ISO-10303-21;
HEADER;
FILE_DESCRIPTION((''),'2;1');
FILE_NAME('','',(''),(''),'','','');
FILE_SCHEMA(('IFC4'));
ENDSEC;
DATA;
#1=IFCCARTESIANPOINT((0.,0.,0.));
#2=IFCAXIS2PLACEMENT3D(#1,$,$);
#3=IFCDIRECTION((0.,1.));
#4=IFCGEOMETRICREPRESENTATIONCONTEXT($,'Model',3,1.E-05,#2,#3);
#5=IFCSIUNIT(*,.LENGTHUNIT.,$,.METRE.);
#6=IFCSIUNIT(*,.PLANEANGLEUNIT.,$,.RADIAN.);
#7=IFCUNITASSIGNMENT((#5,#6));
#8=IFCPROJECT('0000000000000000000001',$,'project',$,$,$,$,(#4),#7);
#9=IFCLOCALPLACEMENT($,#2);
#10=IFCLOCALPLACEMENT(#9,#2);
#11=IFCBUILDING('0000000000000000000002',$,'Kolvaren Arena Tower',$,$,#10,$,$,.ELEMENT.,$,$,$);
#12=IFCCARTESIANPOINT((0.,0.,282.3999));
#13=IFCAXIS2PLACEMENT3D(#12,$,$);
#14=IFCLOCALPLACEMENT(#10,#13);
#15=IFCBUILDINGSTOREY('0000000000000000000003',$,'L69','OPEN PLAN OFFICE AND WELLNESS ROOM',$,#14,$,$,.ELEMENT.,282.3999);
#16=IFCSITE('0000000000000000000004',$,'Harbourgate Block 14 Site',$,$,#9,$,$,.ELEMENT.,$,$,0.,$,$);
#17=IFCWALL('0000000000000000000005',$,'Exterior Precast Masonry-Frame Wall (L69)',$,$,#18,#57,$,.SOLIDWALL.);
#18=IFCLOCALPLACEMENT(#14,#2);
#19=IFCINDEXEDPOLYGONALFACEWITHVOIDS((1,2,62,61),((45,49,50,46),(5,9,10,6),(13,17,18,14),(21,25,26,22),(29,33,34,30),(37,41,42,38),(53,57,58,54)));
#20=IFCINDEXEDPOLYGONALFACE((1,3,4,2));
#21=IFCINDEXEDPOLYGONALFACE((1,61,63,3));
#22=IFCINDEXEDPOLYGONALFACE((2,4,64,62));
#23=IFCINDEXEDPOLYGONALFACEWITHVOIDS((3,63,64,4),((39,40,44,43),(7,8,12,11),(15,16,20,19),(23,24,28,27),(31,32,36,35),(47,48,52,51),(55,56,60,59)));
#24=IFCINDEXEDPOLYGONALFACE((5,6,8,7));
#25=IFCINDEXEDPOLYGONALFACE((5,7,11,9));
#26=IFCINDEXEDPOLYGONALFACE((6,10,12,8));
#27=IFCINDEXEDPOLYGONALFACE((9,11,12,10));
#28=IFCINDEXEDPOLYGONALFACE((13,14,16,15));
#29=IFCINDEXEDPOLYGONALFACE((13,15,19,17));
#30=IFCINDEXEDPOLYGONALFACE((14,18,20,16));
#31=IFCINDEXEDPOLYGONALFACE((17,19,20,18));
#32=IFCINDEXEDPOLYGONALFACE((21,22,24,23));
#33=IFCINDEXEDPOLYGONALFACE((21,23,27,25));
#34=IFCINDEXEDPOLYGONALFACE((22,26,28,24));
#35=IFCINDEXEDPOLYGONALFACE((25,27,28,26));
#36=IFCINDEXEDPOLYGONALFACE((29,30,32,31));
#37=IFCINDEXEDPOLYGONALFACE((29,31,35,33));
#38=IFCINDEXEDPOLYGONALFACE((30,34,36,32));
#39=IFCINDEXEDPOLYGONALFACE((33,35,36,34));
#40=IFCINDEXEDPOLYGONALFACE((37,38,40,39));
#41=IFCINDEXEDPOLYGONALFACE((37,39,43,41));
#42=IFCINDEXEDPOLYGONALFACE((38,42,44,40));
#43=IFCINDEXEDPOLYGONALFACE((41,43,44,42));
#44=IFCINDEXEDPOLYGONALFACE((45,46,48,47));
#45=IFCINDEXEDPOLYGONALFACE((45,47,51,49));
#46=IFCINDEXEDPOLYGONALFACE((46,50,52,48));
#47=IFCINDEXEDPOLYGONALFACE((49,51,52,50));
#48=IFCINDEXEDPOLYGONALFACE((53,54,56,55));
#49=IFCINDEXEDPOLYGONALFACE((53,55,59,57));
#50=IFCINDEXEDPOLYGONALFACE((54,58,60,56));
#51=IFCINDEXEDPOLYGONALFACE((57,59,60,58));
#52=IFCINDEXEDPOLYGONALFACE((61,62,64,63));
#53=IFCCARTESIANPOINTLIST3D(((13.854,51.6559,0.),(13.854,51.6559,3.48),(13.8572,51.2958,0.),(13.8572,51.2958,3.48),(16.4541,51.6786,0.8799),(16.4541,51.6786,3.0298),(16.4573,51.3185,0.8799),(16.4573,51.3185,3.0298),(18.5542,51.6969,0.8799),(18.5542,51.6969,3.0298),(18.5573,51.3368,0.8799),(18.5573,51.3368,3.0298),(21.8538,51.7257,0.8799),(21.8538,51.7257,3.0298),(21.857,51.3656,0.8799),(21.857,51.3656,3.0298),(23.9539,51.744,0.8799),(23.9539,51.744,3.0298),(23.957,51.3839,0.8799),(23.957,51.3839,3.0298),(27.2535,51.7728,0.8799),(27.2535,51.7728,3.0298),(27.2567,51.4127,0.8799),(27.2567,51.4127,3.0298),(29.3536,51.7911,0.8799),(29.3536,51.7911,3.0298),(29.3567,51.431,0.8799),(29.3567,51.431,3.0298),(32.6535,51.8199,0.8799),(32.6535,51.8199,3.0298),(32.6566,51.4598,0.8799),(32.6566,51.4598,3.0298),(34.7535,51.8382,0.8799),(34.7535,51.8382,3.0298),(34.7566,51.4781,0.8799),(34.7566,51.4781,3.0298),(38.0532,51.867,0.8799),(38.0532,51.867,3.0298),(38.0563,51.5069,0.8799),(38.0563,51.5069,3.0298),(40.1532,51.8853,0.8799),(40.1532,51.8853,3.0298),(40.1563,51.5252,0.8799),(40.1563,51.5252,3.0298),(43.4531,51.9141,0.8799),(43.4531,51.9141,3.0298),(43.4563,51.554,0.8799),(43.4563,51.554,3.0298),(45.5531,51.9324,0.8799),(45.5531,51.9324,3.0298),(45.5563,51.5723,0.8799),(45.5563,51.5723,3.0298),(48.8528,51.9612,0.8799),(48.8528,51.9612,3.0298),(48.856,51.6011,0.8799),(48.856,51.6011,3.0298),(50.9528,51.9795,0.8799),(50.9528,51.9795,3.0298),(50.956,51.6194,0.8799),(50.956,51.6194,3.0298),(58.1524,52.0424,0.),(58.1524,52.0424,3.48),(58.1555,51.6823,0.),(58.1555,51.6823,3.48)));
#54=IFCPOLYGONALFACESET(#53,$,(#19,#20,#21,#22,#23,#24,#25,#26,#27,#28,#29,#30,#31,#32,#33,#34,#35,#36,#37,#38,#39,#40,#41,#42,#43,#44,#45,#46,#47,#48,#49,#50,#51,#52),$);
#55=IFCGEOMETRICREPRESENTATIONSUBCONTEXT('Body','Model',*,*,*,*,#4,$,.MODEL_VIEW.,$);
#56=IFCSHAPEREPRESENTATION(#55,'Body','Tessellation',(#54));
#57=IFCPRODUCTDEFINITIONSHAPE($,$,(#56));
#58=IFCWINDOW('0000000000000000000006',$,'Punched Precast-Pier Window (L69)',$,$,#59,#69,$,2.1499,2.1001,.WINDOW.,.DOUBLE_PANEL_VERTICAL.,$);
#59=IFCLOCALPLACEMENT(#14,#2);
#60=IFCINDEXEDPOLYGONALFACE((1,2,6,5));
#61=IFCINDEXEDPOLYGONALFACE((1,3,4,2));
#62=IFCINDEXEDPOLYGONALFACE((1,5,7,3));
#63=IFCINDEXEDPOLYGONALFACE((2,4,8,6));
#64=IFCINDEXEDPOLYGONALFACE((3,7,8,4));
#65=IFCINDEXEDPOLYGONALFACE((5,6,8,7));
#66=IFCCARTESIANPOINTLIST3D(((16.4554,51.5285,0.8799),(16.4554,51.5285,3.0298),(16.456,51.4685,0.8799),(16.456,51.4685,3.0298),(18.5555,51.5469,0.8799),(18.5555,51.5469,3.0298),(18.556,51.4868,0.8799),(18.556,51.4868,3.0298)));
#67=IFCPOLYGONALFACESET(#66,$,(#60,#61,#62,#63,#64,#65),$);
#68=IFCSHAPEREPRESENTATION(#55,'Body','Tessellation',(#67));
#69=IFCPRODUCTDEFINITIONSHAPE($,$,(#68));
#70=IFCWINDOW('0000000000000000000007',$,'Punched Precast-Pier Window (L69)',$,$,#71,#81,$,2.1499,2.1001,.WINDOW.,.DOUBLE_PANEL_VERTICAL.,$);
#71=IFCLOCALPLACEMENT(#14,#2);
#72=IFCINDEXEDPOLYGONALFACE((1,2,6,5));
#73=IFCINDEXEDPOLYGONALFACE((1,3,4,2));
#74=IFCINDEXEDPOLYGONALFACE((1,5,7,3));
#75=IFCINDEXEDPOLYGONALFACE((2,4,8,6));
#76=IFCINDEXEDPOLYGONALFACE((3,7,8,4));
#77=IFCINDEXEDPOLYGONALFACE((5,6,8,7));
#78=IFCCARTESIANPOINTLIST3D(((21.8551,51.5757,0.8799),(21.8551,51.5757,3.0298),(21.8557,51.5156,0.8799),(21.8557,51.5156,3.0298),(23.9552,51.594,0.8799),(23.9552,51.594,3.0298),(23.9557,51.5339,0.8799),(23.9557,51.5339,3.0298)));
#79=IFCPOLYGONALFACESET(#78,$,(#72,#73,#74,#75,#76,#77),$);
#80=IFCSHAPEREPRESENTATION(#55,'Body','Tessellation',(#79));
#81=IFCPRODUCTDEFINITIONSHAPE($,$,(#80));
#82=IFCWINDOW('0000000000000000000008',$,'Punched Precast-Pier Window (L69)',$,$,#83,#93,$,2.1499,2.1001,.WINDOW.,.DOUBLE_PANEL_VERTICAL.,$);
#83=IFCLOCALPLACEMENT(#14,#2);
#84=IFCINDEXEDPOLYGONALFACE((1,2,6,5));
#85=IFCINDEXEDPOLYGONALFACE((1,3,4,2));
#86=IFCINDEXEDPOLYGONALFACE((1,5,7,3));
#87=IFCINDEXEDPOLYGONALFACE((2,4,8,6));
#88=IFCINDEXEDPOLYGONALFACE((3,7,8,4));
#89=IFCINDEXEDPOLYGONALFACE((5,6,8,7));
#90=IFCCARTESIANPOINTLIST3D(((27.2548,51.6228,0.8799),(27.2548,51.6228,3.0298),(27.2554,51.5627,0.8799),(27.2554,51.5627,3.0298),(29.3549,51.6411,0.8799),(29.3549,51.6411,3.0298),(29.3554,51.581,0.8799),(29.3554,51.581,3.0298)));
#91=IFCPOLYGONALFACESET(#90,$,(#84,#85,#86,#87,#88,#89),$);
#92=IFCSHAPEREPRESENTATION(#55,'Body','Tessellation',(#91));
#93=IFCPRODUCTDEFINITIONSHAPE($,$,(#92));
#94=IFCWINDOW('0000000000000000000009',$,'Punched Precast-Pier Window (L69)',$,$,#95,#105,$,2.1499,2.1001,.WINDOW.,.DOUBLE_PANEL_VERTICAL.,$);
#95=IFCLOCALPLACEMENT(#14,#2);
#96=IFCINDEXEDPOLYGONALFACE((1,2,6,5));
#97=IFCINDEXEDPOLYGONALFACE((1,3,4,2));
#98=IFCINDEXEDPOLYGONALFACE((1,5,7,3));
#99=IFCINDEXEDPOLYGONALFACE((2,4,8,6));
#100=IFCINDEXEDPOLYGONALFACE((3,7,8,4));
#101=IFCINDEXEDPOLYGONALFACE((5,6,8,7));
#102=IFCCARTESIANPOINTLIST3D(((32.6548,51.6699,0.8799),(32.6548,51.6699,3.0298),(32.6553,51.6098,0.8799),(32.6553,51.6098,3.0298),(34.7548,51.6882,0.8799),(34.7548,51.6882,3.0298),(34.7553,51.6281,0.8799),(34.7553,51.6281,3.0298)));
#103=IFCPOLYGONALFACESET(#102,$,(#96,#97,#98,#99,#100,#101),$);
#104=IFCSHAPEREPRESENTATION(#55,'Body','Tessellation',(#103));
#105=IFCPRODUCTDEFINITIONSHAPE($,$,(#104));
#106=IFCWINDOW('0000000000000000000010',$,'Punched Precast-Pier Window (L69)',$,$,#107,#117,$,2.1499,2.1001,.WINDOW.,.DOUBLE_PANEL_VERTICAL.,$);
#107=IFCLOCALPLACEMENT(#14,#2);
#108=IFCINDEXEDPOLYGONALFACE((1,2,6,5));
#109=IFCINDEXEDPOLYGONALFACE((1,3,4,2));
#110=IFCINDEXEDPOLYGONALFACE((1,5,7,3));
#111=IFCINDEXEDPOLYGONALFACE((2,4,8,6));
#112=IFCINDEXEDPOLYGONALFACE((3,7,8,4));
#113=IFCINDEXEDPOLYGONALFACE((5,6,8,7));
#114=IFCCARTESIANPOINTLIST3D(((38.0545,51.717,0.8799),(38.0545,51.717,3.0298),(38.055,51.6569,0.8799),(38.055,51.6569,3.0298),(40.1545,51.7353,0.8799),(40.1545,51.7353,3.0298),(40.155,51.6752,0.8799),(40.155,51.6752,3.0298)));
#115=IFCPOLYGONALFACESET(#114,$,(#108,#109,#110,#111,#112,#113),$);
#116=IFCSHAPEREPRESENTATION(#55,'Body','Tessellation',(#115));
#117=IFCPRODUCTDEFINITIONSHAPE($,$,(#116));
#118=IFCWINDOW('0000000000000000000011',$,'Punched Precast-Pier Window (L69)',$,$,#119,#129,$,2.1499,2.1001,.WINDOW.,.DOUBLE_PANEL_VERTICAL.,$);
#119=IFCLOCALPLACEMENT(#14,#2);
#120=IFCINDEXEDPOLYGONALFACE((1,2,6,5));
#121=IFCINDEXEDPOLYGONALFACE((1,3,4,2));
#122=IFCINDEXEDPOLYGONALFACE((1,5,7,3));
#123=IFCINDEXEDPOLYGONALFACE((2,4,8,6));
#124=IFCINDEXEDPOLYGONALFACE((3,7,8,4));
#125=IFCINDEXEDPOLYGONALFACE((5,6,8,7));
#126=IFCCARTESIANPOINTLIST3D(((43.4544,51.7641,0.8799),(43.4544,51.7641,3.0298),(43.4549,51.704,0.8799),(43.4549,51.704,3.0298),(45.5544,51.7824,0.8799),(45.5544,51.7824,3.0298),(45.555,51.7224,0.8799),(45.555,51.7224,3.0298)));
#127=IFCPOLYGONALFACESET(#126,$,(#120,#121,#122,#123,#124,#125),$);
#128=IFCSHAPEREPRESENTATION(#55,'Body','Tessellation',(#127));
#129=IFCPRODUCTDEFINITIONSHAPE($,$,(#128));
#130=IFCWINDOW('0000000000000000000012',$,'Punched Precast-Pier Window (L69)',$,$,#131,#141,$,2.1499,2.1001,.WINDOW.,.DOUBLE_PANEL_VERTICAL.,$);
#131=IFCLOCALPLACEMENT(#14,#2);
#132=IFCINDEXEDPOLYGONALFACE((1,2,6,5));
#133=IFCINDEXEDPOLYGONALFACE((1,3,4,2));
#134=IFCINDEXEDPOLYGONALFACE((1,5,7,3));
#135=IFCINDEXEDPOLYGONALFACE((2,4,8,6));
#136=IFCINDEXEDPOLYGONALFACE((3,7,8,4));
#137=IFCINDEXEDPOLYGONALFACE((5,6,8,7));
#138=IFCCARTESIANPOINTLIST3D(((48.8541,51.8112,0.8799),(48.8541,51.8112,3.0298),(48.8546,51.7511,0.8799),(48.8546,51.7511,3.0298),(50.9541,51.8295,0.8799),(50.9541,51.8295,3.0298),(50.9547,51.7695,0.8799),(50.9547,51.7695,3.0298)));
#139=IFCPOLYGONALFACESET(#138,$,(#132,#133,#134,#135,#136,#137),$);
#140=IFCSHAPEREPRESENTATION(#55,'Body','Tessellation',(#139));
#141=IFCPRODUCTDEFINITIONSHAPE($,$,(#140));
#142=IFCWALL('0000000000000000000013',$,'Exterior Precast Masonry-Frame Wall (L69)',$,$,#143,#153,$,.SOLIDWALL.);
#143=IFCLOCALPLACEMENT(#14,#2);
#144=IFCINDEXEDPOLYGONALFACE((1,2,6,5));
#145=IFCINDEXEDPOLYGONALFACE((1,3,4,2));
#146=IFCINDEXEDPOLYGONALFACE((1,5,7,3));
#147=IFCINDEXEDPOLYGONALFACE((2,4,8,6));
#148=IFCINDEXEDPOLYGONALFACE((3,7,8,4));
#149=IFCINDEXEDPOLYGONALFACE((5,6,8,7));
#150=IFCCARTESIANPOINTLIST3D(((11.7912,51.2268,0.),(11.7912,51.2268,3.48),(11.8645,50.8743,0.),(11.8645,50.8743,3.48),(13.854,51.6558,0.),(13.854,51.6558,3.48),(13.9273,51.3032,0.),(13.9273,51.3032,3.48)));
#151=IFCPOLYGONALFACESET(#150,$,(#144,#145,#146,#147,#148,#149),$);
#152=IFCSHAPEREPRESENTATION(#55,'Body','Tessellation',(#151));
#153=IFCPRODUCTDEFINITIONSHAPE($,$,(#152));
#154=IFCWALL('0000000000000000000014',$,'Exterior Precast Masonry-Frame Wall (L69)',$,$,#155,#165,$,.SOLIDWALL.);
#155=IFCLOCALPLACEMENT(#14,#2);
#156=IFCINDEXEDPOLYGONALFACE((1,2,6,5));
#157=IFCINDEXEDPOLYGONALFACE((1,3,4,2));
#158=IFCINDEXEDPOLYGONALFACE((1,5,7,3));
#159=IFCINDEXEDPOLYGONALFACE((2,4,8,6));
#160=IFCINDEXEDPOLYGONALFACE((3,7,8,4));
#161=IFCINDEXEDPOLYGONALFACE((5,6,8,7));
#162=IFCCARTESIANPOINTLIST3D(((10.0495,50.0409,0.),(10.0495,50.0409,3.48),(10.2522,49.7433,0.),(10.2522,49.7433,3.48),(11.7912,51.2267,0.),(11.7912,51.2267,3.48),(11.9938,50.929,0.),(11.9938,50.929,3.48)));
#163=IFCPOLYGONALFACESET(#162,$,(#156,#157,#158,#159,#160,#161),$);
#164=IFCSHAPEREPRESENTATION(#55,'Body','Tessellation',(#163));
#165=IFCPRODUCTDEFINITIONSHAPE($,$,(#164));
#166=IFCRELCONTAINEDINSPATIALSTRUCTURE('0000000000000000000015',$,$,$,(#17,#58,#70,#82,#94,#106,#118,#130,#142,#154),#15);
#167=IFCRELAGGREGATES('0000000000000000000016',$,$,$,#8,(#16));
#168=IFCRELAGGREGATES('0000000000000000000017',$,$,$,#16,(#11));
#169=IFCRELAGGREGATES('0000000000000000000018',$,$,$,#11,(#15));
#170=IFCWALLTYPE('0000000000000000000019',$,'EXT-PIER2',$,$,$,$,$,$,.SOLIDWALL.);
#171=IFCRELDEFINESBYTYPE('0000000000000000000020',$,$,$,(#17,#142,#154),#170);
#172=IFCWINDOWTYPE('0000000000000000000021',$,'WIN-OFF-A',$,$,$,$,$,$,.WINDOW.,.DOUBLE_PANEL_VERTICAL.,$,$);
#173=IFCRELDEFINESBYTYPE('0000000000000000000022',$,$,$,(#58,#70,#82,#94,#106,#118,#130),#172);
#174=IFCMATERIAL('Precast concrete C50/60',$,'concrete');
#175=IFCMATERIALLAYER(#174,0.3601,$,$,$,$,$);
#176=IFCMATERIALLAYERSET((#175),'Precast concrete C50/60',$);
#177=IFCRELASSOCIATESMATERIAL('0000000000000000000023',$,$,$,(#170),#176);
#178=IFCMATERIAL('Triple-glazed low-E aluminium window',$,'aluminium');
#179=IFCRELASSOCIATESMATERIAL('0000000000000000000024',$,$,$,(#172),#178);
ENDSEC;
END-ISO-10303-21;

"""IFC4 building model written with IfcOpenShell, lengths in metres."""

from ifc_helpers import new_model, si_unit, direction, frame, frame_2d, origin, place, context, subcontext, project, spatial, rectangle, extrude, material, layer, layer_set, type_object, element, fill, save


model = new_model("IFC4")

# Units and contexts
model_context = context("Model", 3, precision=1e-05, world=origin(), true_north=direction((0.0, 1.0)))
body_context = subcontext(model_context, "Body", "Model", "MODEL_VIEW")
ifc_project = project(units=[si_unit("LENGTHUNIT", "METRE"), si_unit("PLANEANGLEUNIT", "RADIAN")], contexts=[model_context])

# Site, building, storey
site_placement = place(None, origin())
site = spatial("IfcSite", under=ifc_project, at=site_placement, Name="Harbourgate Block 14 Site", CompositionType="ELEMENT", RefElevation=0.0)
building_placement = place(site_placement, origin())
building = spatial("IfcBuilding", under=site, at=building_placement, Name="Kolvaren Arena Tower", CompositionType="ELEMENT")
storey_placement = place(building_placement, frame((0.0, 0.0, 282.3999)))
storey = spatial("IfcBuildingStorey", under=building, at=storey_placement, Name="L69", Description="OPEN PLAN OFFICE AND WELLNESS ROOM", CompositionType="ELEMENT", Elevation=282.3999)

# Shared definitions
ifc_material_1 = material(Name="Precast concrete C50/60", Category="concrete")

# Wall, openings, windows
ifc_layer = layer(ifc_material_1, 0.3601)
ifc_layer_set = layer_set([ifc_layer], Name="Precast concrete C50/60")
wall_type = type_object("IfcWallType", Name="EXT-PIER2", PredefinedType="SOLIDWALL", material=ifc_layer_set)
wall_placement = place(storey_placement, frame((13.8557, 51.4758, 0.0), z_axis=(0.0, 0.0, 1.0), x_axis=(0.999962, 0.008724, 0.0)))
wall = element("IfcWall", 1, at=wall_placement, inside=storey, type_object=wall_type, Name="Exterior Precast Masonry-Frame Wall (L69)", PredefinedType="SOLIDWALL", context=body_context, shape_type="SweptSolid", body=[
    extrude(rectangle(XDim=44.3, YDim=0.3601, at=frame_2d((22.1499, 0.0))), origin(), (0.0, 0.0, 1.0), 3.48),
])
opening_1_placement = place(wall_placement, frame((2.6001, 0.0, 0.8799)))
opening_1 = element("IfcOpeningElement", 2, at=opening_1_placement, cuts=wall, PredefinedType="OPENING", context=body_context, shape_type="SweptSolid", body=[
    extrude(rectangle(XDim=2.1001, YDim=2.1499, at=frame_2d((1.05, 1.075))), frame((0.0, 0.1899, 0.0), z_axis=(0.0, -1.0, 0.0), x_axis=(1.0, 0.0, 0.0)), (0.0, 0.0, 1.0), 0.3801),
])
opening_2_placement = place(wall_placement, frame((8.0, 0.0, 0.8799)))
opening_2 = element("IfcOpeningElement", 3, at=opening_2_placement, cuts=wall, PredefinedType="OPENING", context=body_context, shape_type="SweptSolid", body=[
    extrude(rectangle(XDim=2.1001, YDim=2.1499, at=frame_2d((1.05, 1.075))), frame((0.0, 0.1899, 0.0), z_axis=(0.0, -1.0, 0.0), x_axis=(1.0, 0.0, 0.0)), (0.0, 0.0, 1.0), 0.3801),
])
opening_3_placement = place(wall_placement, frame((13.3999, 0.0, 0.8799)))
opening_3 = element("IfcOpeningElement", 4, at=opening_3_placement, cuts=wall, PredefinedType="OPENING", context=body_context, shape_type="SweptSolid", body=[
    extrude(rectangle(XDim=2.1001, YDim=2.1499, at=frame_2d((1.05, 1.075))), frame((0.0, 0.1899, 0.0), z_axis=(0.0, -1.0, 0.0), x_axis=(1.0, 0.0, 0.0)), (0.0, 0.0, 1.0), 0.3801),
])
opening_4_placement = place(wall_placement, frame((18.8, 0.0, 0.8799)))
opening_4 = element("IfcOpeningElement", 5, at=opening_4_placement, cuts=wall, PredefinedType="OPENING", context=body_context, shape_type="SweptSolid", body=[
    extrude(rectangle(XDim=2.1001, YDim=2.1499, at=frame_2d((1.05, 1.075))), frame((0.0, 0.1899, 0.0), z_axis=(0.0, -1.0, 0.0), x_axis=(1.0, 0.0, 0.0)), (0.0, 0.0, 1.0), 0.3801),
])
opening_5_placement = place(wall_placement, frame((24.2, 0.0, 0.8799)))
opening_5 = element("IfcOpeningElement", 6, at=opening_5_placement, cuts=wall, PredefinedType="OPENING", context=body_context, shape_type="SweptSolid", body=[
    extrude(rectangle(XDim=2.1001, YDim=2.1499, at=frame_2d((1.05, 1.075))), frame((0.0, 0.1899, 0.0), z_axis=(0.0, -1.0, 0.0), x_axis=(1.0, 0.0, 0.0)), (0.0, 0.0, 1.0), 0.3801),
])
opening_6_placement = place(wall_placement, frame((29.6001, 0.0, 0.8799)))
opening_6 = element("IfcOpeningElement", 7, at=opening_6_placement, cuts=wall, PredefinedType="OPENING", context=body_context, shape_type="SweptSolid", body=[
    extrude(rectangle(XDim=2.1001, YDim=2.1499, at=frame_2d((1.05, 1.075))), frame((0.0, 0.1899, 0.0), z_axis=(0.0, -1.0, 0.0), x_axis=(1.0, 0.0, 0.0)), (0.0, 0.0, 1.0), 0.3801),
])
opening_7_placement = place(wall_placement, frame((35.0, 0.0, 0.8799)))
opening_7 = element("IfcOpeningElement", 8, at=opening_7_placement, cuts=wall, PredefinedType="OPENING", context=body_context, shape_type="SweptSolid", body=[
    extrude(rectangle(XDim=2.1001, YDim=2.1499, at=frame_2d((1.05, 1.075))), frame((0.0, 0.1899, 0.0), z_axis=(0.0, -1.0, 0.0), x_axis=(1.0, 0.0, 0.0)), (0.0, 0.0, 1.0), 0.3801),
])
ifc_material_2 = material(Name="Triple-glazed low-E aluminium window", Category="aluminium")
window_type = type_object("IfcWindowType", Name="WIN-OFF-A", PartitioningType="DOUBLE_PANEL_VERTICAL", PredefinedType="WINDOW", material=ifc_material_2)
window_1_placement = place(opening_1_placement, origin())
window_1 = element("IfcWindow", 9, at=window_1_placement, inside=storey, type_object=window_type, Name="Punched Precast-Pier Window (L69)", OverallHeight=2.1499, OverallWidth=2.1001, PartitioningType="DOUBLE_PANEL_VERTICAL", PredefinedType="WINDOW", context=body_context, shape_type="SweptSolid", body=[
    extrude(rectangle(XDim=2.1001, YDim=2.1499, at=frame_2d((1.05, 1.075))), frame((0.0, 0.03, 0.0), z_axis=(0.0, -1.0, 0.0), x_axis=(1.0, 0.0, 0.0)), (0.0, 0.0, 1.0), 0.0601),
])
fill(opening_1, window_1)
window_2_placement = place(opening_2_placement, origin())
window_2 = element("IfcWindow", 10, at=window_2_placement, inside=storey, type_object=window_type, Name="Punched Precast-Pier Window (L69)", OverallHeight=2.1499, OverallWidth=2.1001, PartitioningType="DOUBLE_PANEL_VERTICAL", PredefinedType="WINDOW", context=body_context, shape_type="SweptSolid", body=[
    extrude(rectangle(XDim=2.1001, YDim=2.1499, at=frame_2d((1.05, 1.075))), frame((0.0, 0.03, 0.0), z_axis=(0.0, -1.0, 0.0), x_axis=(1.0, 0.0, 0.0)), (0.0, 0.0, 1.0), 0.0601),
])
fill(opening_2, window_2)
window_3_placement = place(opening_3_placement, origin())
window_3 = element("IfcWindow", 11, at=window_3_placement, inside=storey, type_object=window_type, Name="Punched Precast-Pier Window (L69)", OverallHeight=2.1499, OverallWidth=2.1001, PartitioningType="DOUBLE_PANEL_VERTICAL", PredefinedType="WINDOW", context=body_context, shape_type="SweptSolid", body=[
    extrude(rectangle(XDim=2.1001, YDim=2.1499, at=frame_2d((1.05, 1.075))), frame((0.0, 0.03, 0.0), z_axis=(0.0, -1.0, 0.0), x_axis=(1.0, 0.0, 0.0)), (0.0, 0.0, 1.0), 0.0601),
])
fill(opening_3, window_3)
window_4_placement = place(opening_4_placement, origin())
window_4 = element("IfcWindow", 12, at=window_4_placement, inside=storey, type_object=window_type, Name="Punched Precast-Pier Window (L69)", OverallHeight=2.1499, OverallWidth=2.1001, PartitioningType="DOUBLE_PANEL_VERTICAL", PredefinedType="WINDOW", context=body_context, shape_type="SweptSolid", body=[
    extrude(rectangle(XDim=2.1001, YDim=2.1499, at=frame_2d((1.05, 1.075))), frame((0.0, 0.03, 0.0), z_axis=(0.0, -1.0, 0.0), x_axis=(1.0, 0.0, 0.0)), (0.0, 0.0, 1.0), 0.0601),
])
fill(opening_4, window_4)
window_5_placement = place(opening_5_placement, origin())
window_5 = element("IfcWindow", 13, at=window_5_placement, inside=storey, type_object=window_type, Name="Punched Precast-Pier Window (L69)", OverallHeight=2.1499, OverallWidth=2.1001, PartitioningType="DOUBLE_PANEL_VERTICAL", PredefinedType="WINDOW", context=body_context, shape_type="SweptSolid", body=[
    extrude(rectangle(XDim=2.1001, YDim=2.1499, at=frame_2d((1.05, 1.075))), frame((0.0, 0.03, 0.0), z_axis=(0.0, -1.0, 0.0), x_axis=(1.0, 0.0, 0.0)), (0.0, 0.0, 1.0), 0.0601),
])
fill(opening_5, window_5)
window_6_placement = place(opening_6_placement, origin())
window_6 = element("IfcWindow", 14, at=window_6_placement, inside=storey, type_object=window_type, Name="Punched Precast-Pier Window (L69)", OverallHeight=2.1499, OverallWidth=2.1001, PartitioningType="DOUBLE_PANEL_VERTICAL", PredefinedType="WINDOW", context=body_context, shape_type="SweptSolid", body=[
    extrude(rectangle(XDim=2.1001, YDim=2.1499, at=frame_2d((1.05, 1.075))), frame((0.0, 0.03, 0.0), z_axis=(0.0, -1.0, 0.0), x_axis=(1.0, 0.0, 0.0)), (0.0, 0.0, 1.0), 0.0601),
])
fill(opening_6, window_6)
window_7_placement = place(opening_7_placement, origin())
window_7 = element("IfcWindow", 15, at=window_7_placement, inside=storey, type_object=window_type, Name="Punched Precast-Pier Window (L69)", OverallHeight=2.1499, OverallWidth=2.1001, PartitioningType="DOUBLE_PANEL_VERTICAL", PredefinedType="WINDOW", context=body_context, shape_type="SweptSolid", body=[
    extrude(rectangle(XDim=2.1001, YDim=2.1499, at=frame_2d((1.05, 1.075))), frame((0.0, 0.03, 0.0), z_axis=(0.0, -1.0, 0.0), x_axis=(1.0, 0.0, 0.0)), (0.0, 0.0, 1.0), 0.0601),
])
fill(opening_7, window_7)

# Walls
for number, where, z_axis, x_axis, name in (
    (16, (11.8279, 51.0505, 0.0), (0.0, 0.0, 1.0), (0.979055, 0.203598, 0.0), "Exterior Precast Masonry-Frame Wall (L69)"),
    (17, (10.1509, 49.8921, 0.0), (0.0, 0.0, 1.0), (0.82661, 0.562776, 0.0), "Exterior Precast Masonry-Frame Wall (L69)"),
):
    element("IfcWall", number, at=place(storey_placement, frame(where, z_axis=z_axis, x_axis=x_axis)), inside=storey, type_object=wall_type, Name=name, PredefinedType="SOLIDWALL", context=body_context, shape_type="SweptSolid", body=[
        extrude(rectangle(XDim=2.1069, YDim=0.3601, at=frame_2d((1.0535, 0.0))), origin(), (0.0, 0.0, 1.0), 3.48),
    ])

save(model, "model.ifc")
